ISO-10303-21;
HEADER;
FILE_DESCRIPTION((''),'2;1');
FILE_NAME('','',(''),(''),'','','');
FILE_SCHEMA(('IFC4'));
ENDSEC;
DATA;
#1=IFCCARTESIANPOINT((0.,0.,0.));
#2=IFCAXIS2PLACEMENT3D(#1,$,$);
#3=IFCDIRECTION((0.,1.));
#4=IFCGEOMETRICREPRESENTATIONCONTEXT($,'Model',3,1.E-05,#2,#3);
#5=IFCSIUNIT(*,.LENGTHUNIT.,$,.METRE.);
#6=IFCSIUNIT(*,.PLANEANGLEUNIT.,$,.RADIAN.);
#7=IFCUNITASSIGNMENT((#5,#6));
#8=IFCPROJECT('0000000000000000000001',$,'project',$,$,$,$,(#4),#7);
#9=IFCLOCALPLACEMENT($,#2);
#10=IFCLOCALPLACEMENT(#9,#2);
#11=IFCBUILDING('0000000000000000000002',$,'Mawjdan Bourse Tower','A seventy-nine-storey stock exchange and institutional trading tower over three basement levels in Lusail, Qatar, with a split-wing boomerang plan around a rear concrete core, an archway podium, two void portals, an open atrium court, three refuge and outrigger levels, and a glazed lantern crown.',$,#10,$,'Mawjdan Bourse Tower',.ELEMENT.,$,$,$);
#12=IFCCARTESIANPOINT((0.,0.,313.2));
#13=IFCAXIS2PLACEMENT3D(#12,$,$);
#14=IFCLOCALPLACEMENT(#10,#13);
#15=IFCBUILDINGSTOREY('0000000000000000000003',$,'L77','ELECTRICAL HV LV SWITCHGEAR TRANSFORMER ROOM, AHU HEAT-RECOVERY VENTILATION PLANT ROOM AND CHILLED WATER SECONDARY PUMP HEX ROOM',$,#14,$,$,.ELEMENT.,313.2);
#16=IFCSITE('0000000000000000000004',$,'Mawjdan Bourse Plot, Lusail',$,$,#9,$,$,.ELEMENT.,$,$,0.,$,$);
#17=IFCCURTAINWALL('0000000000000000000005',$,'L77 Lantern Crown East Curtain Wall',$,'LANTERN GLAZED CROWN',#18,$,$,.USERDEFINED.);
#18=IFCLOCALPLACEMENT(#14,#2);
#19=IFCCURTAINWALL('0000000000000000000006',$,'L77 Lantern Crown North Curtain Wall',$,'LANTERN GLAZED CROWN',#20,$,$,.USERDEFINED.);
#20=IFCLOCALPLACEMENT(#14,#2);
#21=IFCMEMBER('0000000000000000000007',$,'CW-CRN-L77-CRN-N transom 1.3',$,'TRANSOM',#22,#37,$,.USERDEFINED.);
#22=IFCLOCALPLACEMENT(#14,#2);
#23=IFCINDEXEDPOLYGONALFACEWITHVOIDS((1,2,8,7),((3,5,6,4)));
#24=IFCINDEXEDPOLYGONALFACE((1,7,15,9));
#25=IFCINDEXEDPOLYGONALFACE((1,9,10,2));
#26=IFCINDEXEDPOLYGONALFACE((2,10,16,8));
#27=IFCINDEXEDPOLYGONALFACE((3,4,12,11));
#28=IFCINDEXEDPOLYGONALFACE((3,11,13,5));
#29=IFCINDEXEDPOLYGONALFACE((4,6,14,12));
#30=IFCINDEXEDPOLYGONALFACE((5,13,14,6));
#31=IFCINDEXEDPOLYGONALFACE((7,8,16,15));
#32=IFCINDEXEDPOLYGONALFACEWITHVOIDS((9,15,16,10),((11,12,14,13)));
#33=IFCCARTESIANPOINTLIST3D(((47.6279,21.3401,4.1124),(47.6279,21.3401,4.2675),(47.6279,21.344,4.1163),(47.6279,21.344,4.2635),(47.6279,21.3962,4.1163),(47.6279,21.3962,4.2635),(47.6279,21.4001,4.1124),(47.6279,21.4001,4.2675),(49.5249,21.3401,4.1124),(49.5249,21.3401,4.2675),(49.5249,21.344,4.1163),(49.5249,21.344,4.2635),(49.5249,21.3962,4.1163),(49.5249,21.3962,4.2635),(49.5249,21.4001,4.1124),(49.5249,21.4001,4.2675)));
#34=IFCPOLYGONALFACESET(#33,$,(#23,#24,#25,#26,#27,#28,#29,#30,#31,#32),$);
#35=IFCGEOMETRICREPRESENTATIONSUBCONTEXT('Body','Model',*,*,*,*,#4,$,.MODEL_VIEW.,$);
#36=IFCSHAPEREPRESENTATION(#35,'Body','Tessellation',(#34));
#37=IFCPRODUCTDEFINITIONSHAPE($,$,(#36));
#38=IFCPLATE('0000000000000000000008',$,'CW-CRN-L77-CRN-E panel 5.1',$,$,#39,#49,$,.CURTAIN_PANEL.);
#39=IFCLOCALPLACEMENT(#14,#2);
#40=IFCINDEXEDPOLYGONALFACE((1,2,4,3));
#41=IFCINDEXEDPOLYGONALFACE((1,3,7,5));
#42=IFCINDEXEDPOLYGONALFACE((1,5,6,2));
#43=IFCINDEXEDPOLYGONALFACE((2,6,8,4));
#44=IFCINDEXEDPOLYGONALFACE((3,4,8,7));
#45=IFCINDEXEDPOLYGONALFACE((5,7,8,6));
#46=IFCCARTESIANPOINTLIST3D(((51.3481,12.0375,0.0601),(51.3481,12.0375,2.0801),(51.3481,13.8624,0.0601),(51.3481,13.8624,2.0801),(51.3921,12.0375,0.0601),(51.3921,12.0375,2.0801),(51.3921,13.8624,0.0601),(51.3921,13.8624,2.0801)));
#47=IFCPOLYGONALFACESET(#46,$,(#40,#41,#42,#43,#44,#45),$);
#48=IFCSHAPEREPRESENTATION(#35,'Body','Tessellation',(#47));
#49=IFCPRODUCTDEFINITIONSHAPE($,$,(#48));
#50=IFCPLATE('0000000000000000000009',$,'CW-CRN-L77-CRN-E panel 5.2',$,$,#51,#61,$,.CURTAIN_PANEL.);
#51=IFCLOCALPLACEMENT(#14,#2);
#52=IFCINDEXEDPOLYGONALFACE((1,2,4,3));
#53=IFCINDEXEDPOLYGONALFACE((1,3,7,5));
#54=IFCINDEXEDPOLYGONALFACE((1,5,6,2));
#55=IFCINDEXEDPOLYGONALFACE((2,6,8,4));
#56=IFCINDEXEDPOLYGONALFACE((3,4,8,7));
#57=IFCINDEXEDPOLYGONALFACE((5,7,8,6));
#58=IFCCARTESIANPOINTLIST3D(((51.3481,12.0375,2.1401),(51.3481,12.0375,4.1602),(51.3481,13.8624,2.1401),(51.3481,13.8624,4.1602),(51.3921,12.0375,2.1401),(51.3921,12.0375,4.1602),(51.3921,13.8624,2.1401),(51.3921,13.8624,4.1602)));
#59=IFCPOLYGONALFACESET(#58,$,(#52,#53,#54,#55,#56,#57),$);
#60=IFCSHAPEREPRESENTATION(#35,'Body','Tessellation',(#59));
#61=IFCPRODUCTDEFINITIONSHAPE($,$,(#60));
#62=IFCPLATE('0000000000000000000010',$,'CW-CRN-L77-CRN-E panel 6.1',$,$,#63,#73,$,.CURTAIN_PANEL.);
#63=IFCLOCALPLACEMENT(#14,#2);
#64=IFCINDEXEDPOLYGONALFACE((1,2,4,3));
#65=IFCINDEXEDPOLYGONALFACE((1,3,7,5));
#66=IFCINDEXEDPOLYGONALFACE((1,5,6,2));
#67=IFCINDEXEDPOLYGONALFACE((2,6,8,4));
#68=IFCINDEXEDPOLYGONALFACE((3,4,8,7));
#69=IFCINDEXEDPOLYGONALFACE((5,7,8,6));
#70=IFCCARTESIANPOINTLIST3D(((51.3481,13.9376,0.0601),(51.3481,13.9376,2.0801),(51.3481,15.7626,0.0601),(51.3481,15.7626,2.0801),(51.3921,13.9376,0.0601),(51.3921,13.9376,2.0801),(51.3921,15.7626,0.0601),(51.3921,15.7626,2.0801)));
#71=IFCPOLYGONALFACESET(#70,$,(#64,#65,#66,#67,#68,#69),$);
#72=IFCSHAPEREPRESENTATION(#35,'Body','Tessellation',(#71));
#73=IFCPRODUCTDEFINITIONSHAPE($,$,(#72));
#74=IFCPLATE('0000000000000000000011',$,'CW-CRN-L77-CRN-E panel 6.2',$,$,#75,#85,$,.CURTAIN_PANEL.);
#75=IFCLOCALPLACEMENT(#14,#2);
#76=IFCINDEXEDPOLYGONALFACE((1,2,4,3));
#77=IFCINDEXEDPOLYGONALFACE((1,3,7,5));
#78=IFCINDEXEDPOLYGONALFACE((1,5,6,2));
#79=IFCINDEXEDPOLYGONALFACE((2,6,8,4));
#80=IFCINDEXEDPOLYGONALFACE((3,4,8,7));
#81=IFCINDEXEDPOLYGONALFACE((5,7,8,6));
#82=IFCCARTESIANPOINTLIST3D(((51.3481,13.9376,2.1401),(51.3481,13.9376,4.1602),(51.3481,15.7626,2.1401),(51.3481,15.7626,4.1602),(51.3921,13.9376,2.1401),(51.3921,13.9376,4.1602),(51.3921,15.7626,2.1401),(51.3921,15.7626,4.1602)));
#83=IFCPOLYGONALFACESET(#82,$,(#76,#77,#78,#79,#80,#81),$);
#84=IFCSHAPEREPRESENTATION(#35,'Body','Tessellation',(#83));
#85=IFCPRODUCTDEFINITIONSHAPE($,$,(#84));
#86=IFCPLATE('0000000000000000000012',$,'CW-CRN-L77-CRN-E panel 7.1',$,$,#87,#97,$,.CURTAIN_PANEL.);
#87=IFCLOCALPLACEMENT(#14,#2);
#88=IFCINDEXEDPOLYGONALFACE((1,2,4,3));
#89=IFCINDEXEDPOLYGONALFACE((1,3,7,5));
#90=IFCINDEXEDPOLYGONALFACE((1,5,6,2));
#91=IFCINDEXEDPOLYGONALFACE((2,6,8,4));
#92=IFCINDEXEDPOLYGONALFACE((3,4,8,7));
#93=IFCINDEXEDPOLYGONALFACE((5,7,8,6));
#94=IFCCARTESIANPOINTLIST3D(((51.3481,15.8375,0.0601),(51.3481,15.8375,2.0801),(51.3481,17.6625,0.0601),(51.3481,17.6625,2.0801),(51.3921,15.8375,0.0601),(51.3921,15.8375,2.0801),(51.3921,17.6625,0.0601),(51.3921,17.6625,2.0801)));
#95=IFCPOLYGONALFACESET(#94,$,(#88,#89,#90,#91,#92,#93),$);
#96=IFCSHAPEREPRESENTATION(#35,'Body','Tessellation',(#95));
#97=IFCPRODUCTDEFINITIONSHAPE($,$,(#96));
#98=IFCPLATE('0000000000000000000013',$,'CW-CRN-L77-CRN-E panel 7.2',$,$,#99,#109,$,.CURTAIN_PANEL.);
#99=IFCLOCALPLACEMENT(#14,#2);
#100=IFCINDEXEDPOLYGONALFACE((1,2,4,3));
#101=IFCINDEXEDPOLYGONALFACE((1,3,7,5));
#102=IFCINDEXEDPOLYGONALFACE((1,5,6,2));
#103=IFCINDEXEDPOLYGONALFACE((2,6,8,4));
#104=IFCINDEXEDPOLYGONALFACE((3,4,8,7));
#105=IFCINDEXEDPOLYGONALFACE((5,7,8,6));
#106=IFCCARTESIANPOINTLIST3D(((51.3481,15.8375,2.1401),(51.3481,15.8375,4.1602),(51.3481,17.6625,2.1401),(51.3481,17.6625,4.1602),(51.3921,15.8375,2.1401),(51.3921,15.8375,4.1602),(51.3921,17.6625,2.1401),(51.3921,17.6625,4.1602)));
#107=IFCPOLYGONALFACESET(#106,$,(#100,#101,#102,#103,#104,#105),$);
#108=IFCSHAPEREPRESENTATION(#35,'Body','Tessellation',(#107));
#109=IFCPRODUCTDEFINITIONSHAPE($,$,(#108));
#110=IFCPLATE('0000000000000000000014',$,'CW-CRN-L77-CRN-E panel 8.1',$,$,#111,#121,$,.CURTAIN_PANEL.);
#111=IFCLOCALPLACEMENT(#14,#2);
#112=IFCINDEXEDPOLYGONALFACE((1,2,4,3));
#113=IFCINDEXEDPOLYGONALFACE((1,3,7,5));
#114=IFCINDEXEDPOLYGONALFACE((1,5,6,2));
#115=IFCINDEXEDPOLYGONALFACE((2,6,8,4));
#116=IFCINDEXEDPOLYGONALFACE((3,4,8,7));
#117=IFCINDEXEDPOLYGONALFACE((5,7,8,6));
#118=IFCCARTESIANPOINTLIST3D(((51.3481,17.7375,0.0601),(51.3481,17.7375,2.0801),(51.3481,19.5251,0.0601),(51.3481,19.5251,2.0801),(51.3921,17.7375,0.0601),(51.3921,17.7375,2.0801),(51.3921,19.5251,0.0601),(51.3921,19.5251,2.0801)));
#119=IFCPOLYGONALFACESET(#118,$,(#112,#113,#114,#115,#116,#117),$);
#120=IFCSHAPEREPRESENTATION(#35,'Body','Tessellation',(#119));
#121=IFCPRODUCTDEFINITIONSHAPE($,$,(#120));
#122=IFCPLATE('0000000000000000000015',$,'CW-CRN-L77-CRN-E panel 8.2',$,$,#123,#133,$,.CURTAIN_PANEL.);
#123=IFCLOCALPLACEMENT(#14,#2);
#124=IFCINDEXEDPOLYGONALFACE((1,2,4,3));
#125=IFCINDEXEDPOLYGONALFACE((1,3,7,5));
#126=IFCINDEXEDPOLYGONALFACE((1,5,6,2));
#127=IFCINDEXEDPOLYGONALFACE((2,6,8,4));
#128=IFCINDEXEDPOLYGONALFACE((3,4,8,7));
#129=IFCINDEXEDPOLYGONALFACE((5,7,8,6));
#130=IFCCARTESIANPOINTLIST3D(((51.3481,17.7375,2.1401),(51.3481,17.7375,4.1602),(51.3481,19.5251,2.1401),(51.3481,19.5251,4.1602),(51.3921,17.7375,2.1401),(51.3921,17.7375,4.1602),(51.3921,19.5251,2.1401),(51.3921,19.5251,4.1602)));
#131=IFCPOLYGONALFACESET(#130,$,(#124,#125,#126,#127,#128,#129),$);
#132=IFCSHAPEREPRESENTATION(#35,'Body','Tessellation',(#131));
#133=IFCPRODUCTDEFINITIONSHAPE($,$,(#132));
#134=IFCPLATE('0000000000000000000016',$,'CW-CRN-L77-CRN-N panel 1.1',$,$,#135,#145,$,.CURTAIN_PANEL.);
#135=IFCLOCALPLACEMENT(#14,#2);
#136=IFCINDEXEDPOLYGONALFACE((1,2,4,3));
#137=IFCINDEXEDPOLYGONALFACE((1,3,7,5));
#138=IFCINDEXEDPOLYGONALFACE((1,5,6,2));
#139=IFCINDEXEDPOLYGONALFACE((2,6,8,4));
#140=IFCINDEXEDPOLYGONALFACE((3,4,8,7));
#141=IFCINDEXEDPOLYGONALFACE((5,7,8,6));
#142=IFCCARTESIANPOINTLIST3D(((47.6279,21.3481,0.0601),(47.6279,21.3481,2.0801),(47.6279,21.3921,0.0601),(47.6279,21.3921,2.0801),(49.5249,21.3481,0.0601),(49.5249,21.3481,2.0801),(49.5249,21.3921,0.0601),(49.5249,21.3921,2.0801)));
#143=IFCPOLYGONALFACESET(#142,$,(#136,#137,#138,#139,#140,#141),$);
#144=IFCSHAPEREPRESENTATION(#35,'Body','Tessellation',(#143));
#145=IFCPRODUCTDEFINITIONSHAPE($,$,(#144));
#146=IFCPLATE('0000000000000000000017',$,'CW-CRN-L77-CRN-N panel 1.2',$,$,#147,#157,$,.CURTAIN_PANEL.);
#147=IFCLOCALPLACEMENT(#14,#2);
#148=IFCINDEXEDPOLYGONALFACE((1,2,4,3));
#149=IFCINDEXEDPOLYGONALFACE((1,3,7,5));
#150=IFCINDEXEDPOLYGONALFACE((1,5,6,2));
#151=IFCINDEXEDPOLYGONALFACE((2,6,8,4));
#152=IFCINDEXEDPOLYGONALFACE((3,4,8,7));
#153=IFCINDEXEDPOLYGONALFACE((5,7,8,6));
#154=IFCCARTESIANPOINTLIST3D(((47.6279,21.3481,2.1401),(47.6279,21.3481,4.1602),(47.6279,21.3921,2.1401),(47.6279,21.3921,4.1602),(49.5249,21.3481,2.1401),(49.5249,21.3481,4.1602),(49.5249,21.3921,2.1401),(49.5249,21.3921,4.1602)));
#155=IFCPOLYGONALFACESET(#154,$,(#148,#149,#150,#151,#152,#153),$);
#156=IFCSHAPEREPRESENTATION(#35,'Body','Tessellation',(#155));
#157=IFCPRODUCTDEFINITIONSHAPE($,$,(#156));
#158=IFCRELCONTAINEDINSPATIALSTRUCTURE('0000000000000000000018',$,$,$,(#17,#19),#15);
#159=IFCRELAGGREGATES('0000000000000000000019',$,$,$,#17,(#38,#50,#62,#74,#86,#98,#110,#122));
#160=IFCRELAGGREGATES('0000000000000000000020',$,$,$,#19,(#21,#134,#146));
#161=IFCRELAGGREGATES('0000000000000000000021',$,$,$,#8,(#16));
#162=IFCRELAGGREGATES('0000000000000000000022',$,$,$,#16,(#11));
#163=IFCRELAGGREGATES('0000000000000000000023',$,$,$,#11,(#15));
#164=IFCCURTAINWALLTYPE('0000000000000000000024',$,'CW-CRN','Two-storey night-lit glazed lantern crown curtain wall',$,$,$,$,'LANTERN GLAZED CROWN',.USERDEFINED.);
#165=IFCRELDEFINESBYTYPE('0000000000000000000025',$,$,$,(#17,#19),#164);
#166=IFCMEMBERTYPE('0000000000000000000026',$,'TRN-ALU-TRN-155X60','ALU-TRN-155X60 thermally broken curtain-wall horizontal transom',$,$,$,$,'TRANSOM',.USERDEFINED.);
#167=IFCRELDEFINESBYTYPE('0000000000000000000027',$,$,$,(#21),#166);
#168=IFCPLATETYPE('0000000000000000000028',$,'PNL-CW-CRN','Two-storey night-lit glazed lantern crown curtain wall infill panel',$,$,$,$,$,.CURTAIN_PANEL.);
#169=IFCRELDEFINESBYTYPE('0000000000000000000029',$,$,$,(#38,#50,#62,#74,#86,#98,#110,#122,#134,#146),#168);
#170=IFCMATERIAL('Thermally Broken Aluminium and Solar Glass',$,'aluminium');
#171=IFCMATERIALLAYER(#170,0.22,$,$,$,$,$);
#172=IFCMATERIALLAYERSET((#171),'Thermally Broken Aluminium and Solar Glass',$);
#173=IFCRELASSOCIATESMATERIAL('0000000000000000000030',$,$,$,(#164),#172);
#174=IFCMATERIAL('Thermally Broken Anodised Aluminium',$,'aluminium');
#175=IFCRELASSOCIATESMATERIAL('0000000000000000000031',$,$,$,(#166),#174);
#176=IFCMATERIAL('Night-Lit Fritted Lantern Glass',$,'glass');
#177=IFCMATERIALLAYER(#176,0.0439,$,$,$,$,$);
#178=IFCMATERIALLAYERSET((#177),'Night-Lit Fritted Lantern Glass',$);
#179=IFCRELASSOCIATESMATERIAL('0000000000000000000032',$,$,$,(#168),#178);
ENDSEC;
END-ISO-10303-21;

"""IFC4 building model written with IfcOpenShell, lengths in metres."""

from ifc_helpers import new_model, si_unit, direction, frame, origin, origin_2d, place, context, subcontext, project, spatial, rectangle, hollow_rectangle, extrude, material, layer, layer_set, material_profile, profile_set, type_object, element, aggregate, save


model = new_model("IFC4")

# Units and contexts
model_context = context("Model", 3, precision=1e-05, world=origin(), true_north=direction((0.0, 1.0)))
body_context = subcontext(model_context, "Body", "Model", "MODEL_VIEW")
ifc_project = project(units=[si_unit("LENGTHUNIT", "METRE"), si_unit("PLANEANGLEUNIT", "RADIAN")], contexts=[model_context])

# Site, building, storey
site_placement = place(None, origin())
site = spatial("IfcSite", under=ifc_project, at=site_placement, Name="Mawjdan Bourse Plot, Lusail", CompositionType="ELEMENT", RefElevation=0.0)
building_placement = place(site_placement, origin())
building = spatial("IfcBuilding", under=site, at=building_placement, Name="Mawjdan Bourse Tower", Description="A seventy-nine-storey stock exchange and institutional trading tower over three basement levels in Lusail, Qatar, with a split-wing boomerang plan around a rear concrete core, an archway podium, two void portals, an open atrium court, three refuge and outrigger levels, and a glazed lantern crown.", LongName="Mawjdan Bourse Tower", CompositionType="ELEMENT")
storey_placement = place(building_placement, frame((0.0, 0.0, 313.2)))
storey = spatial("IfcBuildingStorey", under=building, at=storey_placement, Name="L77", Description="ELECTRICAL HV LV SWITCHGEAR TRANSFORMER ROOM, AHU HEAT-RECOVERY VENTILATION PLANT ROOM AND CHILLED WATER SECONDARY PUMP HEX ROOM", CompositionType="ELEMENT", Elevation=313.2)

# Curtain wall
ifc_material_1 = material(Name="Thermally Broken Aluminium and Solar Glass", Category="aluminium")
ifc_layer_1 = layer(ifc_material_1, 0.22)
ifc_layer_set_1 = layer_set([ifc_layer_1], Name="Thermally Broken Aluminium and Solar Glass")
curtain_wall_type = type_object("IfcCurtainWallType", Name="CW-CRN", Description="Two-storey night-lit glazed lantern crown curtain wall", ElementType="LANTERN GLAZED CROWN", PredefinedType="USERDEFINED", material=ifc_layer_set_1)
curtain_wall_1_placement = place(storey_placement, origin())
curtain_wall_1 = element("IfcCurtainWall", 1, at=curtain_wall_1_placement, inside=storey, type_object=curtain_wall_type, Name="L77 Lantern Crown East Curtain Wall", ObjectType="LANTERN GLAZED CROWN", PredefinedType="USERDEFINED")
ifc_material_2 = material(Name="Thermally Broken Anodised Aluminium", Category="aluminium")

# Curtain wall
curtain_wall_2_placement = place(storey_placement, origin())
curtain_wall_2 = element("IfcCurtainWall", 2, at=curtain_wall_2_placement, inside=storey, type_object=curtain_wall_type, Name="L77 Lantern Crown North Curtain Wall", ObjectType="LANTERN GLAZED CROWN", PredefinedType="USERDEFINED")

# Member
ifc_material_profile_1 = material_profile(ifc_material_2, hollow_rectangle(XDim=0.0601, YDim=0.155, WallThickness=0.0039, at=origin_2d()), Name="ALU-TRN-155X60")
ifc_profile_set_1 = profile_set([ifc_material_profile_1], Name="Thermally Broken Anodised Aluminium")
member_type_1 = type_object("IfcMemberType", Name="TRN-ALU-TRN-155X60", Description="ALU-TRN-155X60 thermally broken curtain-wall horizontal transom", ElementType="TRANSOM", PredefinedType="USERDEFINED", material=ifc_profile_set_1)
member_1_placement = place(storey_placement, frame((49.5249, 21.3701, 4.1899), z_axis=(-1.0, 0.0, 0.0), x_axis=(0.0, -1.0, 0.0)))
member_1 = element("IfcMember", 3, at=member_1_placement, type_object=member_type_1, Name="CW-CRN-L77-CRN-N transom 1.3", ObjectType="TRANSOM", PredefinedType="USERDEFINED", context=body_context, shape_type="SweptSolid", body=[
    extrude(hollow_rectangle(XDim=0.0601, YDim=0.155, WallThickness=0.0039, at=origin_2d()), origin(), (0.0, 0.0, 1.0), 1.897),
])

# Plates
ifc_material_3 = material(Name="Night-Lit Fritted Lantern Glass", Category="glass")
ifc_layer_2 = layer(ifc_material_3, 0.0439)
ifc_layer_set_2 = layer_set([ifc_layer_2], Name="Night-Lit Fritted Lantern Glass")
plate_type = type_object("IfcPlateType", Name="PNL-CW-CRN", Description="Two-storey night-lit glazed lantern crown curtain wall infill panel", PredefinedType="CURTAIN_PANEL", material=ifc_layer_set_2)
plate_1_placement = place(storey_placement, frame((51.3701, 12.95, 0.0601), z_axis=(0.0, 0.0, 1.0), x_axis=(0.0, 1.0, 0.0)))
plate_1 = element("IfcPlate", 4, at=plate_1_placement, type_object=plate_type, Name="CW-CRN-L77-CRN-E panel 5.1", PredefinedType="CURTAIN_PANEL", context=body_context, shape_type="SweptSolid", body=[
    extrude(rectangle(XDim=1.825, YDim=0.0439, at=origin_2d()), origin(), (0.0, 0.0, 1.0), 2.02),
])
plate_2_placement = place(storey_placement, frame((51.3701, 12.95, 2.1401), z_axis=(0.0, 0.0, 1.0), x_axis=(0.0, 1.0, 0.0)))
plate_2 = element("IfcPlate", 5, at=plate_2_placement, type_object=plate_type, Name="CW-CRN-L77-CRN-E panel 5.2", PredefinedType="CURTAIN_PANEL", context=body_context, shape_type="SweptSolid", body=[
    extrude(rectangle(XDim=1.825, YDim=0.0439, at=origin_2d()), origin(), (0.0, 0.0, 1.0), 2.02),
])
plate_3_placement = place(storey_placement, frame((51.3701, 14.8501, 0.0601), z_axis=(0.0, 0.0, 1.0), x_axis=(0.0, 1.0, 0.0)))
plate_3 = element("IfcPlate", 6, at=plate_3_placement, type_object=plate_type, Name="CW-CRN-L77-CRN-E panel 6.1", PredefinedType="CURTAIN_PANEL", context=body_context, shape_type="SweptSolid", body=[
    extrude(rectangle(XDim=1.825, YDim=0.0439, at=origin_2d()), origin(), (0.0, 0.0, 1.0), 2.02),
])
plate_4_placement = place(storey_placement, frame((51.3701, 14.8501, 2.1401), z_axis=(0.0, 0.0, 1.0), x_axis=(0.0, 1.0, 0.0)))
plate_4 = element("IfcPlate", 7, at=plate_4_placement, type_object=plate_type, Name="CW-CRN-L77-CRN-E panel 6.2", PredefinedType="CURTAIN_PANEL", context=body_context, shape_type="SweptSolid", body=[
    extrude(rectangle(XDim=1.825, YDim=0.0439, at=origin_2d()), origin(), (0.0, 0.0, 1.0), 2.02),
])
plate_5_placement = place(storey_placement, frame((51.3701, 16.75, 0.0601), z_axis=(0.0, 0.0, 1.0), x_axis=(0.0, 1.0, 0.0)))
plate_5 = element("IfcPlate", 8, at=plate_5_placement, type_object=plate_type, Name="CW-CRN-L77-CRN-E panel 7.1", PredefinedType="CURTAIN_PANEL", context=body_context, shape_type="SweptSolid", body=[
    extrude(rectangle(XDim=1.825, YDim=0.0439, at=origin_2d()), origin(), (0.0, 0.0, 1.0), 2.02),
])
plate_6_placement = place(storey_placement, frame((51.3701, 16.75, 2.1401), z_axis=(0.0, 0.0, 1.0), x_axis=(0.0, 1.0, 0.0)))
plate_6 = element("IfcPlate", 9, at=plate_6_placement, type_object=plate_type, Name="CW-CRN-L77-CRN-E panel 7.2", PredefinedType="CURTAIN_PANEL", context=body_context, shape_type="SweptSolid", body=[
    extrude(rectangle(XDim=1.825, YDim=0.0439, at=origin_2d()), origin(), (0.0, 0.0, 1.0), 2.02),
])
plate_7_placement = place(storey_placement, frame((51.3701, 18.6313, 0.0601), z_axis=(0.0, 0.0, 1.0), x_axis=(0.0, 1.0, 0.0)))
plate_7 = element("IfcPlate", 10, at=plate_7_placement, type_object=plate_type, Name="CW-CRN-L77-CRN-E panel 8.1", PredefinedType="CURTAIN_PANEL", context=body_context, shape_type="SweptSolid", body=[
    extrude(rectangle(XDim=1.7876, YDim=0.0439, at=origin_2d()), origin(), (0.0, 0.0, 1.0), 2.02),
])
plate_8_placement = place(storey_placement, frame((51.3701, 18.6313, 2.1401), z_axis=(0.0, 0.0, 1.0), x_axis=(0.0, 1.0, 0.0)))
plate_8 = element("IfcPlate", 11, at=plate_8_placement, type_object=plate_type, Name="CW-CRN-L77-CRN-E panel 8.2", PredefinedType="CURTAIN_PANEL", context=body_context, shape_type="SweptSolid", body=[
    extrude(rectangle(XDim=1.7876, YDim=0.0439, at=origin_2d()), origin(), (0.0, 0.0, 1.0), 2.02),
])
aggregate(curtain_wall_1, [plate_1, plate_2, plate_3, plate_4, plate_5, plate_6, plate_7, plate_8])
plate_9_placement = place(storey_placement, frame((48.5764, 21.3701, 0.0601), z_axis=(0.0, 0.0, 1.0), x_axis=(-1.0, 0.0, 0.0)))
plate_9 = element("IfcPlate", 12, at=plate_9_placement, type_object=plate_type, Name="CW-CRN-L77-CRN-N panel 1.1", PredefinedType="CURTAIN_PANEL", context=body_context, shape_type="SweptSolid", body=[
    extrude(rectangle(XDim=1.897, YDim=0.0439, at=origin_2d()), origin(), (0.0, 0.0, 1.0), 2.02),
])
plate_10_placement = place(storey_placement, frame((48.5764, 21.3701, 2.1401), z_axis=(0.0, 0.0, 1.0), x_axis=(-1.0, 0.0, 0.0)))
plate_10 = element("IfcPlate", 13, at=plate_10_placement, type_object=plate_type, Name="CW-CRN-L77-CRN-N panel 1.2", PredefinedType="CURTAIN_PANEL", context=body_context, shape_type="SweptSolid", body=[
    extrude(rectangle(XDim=1.897, YDim=0.0439, at=origin_2d()), origin(), (0.0, 0.0, 1.0), 2.02),
])
aggregate(curtain_wall_2, [member_1, plate_9, plate_10])

save(model, "model.ifc")
